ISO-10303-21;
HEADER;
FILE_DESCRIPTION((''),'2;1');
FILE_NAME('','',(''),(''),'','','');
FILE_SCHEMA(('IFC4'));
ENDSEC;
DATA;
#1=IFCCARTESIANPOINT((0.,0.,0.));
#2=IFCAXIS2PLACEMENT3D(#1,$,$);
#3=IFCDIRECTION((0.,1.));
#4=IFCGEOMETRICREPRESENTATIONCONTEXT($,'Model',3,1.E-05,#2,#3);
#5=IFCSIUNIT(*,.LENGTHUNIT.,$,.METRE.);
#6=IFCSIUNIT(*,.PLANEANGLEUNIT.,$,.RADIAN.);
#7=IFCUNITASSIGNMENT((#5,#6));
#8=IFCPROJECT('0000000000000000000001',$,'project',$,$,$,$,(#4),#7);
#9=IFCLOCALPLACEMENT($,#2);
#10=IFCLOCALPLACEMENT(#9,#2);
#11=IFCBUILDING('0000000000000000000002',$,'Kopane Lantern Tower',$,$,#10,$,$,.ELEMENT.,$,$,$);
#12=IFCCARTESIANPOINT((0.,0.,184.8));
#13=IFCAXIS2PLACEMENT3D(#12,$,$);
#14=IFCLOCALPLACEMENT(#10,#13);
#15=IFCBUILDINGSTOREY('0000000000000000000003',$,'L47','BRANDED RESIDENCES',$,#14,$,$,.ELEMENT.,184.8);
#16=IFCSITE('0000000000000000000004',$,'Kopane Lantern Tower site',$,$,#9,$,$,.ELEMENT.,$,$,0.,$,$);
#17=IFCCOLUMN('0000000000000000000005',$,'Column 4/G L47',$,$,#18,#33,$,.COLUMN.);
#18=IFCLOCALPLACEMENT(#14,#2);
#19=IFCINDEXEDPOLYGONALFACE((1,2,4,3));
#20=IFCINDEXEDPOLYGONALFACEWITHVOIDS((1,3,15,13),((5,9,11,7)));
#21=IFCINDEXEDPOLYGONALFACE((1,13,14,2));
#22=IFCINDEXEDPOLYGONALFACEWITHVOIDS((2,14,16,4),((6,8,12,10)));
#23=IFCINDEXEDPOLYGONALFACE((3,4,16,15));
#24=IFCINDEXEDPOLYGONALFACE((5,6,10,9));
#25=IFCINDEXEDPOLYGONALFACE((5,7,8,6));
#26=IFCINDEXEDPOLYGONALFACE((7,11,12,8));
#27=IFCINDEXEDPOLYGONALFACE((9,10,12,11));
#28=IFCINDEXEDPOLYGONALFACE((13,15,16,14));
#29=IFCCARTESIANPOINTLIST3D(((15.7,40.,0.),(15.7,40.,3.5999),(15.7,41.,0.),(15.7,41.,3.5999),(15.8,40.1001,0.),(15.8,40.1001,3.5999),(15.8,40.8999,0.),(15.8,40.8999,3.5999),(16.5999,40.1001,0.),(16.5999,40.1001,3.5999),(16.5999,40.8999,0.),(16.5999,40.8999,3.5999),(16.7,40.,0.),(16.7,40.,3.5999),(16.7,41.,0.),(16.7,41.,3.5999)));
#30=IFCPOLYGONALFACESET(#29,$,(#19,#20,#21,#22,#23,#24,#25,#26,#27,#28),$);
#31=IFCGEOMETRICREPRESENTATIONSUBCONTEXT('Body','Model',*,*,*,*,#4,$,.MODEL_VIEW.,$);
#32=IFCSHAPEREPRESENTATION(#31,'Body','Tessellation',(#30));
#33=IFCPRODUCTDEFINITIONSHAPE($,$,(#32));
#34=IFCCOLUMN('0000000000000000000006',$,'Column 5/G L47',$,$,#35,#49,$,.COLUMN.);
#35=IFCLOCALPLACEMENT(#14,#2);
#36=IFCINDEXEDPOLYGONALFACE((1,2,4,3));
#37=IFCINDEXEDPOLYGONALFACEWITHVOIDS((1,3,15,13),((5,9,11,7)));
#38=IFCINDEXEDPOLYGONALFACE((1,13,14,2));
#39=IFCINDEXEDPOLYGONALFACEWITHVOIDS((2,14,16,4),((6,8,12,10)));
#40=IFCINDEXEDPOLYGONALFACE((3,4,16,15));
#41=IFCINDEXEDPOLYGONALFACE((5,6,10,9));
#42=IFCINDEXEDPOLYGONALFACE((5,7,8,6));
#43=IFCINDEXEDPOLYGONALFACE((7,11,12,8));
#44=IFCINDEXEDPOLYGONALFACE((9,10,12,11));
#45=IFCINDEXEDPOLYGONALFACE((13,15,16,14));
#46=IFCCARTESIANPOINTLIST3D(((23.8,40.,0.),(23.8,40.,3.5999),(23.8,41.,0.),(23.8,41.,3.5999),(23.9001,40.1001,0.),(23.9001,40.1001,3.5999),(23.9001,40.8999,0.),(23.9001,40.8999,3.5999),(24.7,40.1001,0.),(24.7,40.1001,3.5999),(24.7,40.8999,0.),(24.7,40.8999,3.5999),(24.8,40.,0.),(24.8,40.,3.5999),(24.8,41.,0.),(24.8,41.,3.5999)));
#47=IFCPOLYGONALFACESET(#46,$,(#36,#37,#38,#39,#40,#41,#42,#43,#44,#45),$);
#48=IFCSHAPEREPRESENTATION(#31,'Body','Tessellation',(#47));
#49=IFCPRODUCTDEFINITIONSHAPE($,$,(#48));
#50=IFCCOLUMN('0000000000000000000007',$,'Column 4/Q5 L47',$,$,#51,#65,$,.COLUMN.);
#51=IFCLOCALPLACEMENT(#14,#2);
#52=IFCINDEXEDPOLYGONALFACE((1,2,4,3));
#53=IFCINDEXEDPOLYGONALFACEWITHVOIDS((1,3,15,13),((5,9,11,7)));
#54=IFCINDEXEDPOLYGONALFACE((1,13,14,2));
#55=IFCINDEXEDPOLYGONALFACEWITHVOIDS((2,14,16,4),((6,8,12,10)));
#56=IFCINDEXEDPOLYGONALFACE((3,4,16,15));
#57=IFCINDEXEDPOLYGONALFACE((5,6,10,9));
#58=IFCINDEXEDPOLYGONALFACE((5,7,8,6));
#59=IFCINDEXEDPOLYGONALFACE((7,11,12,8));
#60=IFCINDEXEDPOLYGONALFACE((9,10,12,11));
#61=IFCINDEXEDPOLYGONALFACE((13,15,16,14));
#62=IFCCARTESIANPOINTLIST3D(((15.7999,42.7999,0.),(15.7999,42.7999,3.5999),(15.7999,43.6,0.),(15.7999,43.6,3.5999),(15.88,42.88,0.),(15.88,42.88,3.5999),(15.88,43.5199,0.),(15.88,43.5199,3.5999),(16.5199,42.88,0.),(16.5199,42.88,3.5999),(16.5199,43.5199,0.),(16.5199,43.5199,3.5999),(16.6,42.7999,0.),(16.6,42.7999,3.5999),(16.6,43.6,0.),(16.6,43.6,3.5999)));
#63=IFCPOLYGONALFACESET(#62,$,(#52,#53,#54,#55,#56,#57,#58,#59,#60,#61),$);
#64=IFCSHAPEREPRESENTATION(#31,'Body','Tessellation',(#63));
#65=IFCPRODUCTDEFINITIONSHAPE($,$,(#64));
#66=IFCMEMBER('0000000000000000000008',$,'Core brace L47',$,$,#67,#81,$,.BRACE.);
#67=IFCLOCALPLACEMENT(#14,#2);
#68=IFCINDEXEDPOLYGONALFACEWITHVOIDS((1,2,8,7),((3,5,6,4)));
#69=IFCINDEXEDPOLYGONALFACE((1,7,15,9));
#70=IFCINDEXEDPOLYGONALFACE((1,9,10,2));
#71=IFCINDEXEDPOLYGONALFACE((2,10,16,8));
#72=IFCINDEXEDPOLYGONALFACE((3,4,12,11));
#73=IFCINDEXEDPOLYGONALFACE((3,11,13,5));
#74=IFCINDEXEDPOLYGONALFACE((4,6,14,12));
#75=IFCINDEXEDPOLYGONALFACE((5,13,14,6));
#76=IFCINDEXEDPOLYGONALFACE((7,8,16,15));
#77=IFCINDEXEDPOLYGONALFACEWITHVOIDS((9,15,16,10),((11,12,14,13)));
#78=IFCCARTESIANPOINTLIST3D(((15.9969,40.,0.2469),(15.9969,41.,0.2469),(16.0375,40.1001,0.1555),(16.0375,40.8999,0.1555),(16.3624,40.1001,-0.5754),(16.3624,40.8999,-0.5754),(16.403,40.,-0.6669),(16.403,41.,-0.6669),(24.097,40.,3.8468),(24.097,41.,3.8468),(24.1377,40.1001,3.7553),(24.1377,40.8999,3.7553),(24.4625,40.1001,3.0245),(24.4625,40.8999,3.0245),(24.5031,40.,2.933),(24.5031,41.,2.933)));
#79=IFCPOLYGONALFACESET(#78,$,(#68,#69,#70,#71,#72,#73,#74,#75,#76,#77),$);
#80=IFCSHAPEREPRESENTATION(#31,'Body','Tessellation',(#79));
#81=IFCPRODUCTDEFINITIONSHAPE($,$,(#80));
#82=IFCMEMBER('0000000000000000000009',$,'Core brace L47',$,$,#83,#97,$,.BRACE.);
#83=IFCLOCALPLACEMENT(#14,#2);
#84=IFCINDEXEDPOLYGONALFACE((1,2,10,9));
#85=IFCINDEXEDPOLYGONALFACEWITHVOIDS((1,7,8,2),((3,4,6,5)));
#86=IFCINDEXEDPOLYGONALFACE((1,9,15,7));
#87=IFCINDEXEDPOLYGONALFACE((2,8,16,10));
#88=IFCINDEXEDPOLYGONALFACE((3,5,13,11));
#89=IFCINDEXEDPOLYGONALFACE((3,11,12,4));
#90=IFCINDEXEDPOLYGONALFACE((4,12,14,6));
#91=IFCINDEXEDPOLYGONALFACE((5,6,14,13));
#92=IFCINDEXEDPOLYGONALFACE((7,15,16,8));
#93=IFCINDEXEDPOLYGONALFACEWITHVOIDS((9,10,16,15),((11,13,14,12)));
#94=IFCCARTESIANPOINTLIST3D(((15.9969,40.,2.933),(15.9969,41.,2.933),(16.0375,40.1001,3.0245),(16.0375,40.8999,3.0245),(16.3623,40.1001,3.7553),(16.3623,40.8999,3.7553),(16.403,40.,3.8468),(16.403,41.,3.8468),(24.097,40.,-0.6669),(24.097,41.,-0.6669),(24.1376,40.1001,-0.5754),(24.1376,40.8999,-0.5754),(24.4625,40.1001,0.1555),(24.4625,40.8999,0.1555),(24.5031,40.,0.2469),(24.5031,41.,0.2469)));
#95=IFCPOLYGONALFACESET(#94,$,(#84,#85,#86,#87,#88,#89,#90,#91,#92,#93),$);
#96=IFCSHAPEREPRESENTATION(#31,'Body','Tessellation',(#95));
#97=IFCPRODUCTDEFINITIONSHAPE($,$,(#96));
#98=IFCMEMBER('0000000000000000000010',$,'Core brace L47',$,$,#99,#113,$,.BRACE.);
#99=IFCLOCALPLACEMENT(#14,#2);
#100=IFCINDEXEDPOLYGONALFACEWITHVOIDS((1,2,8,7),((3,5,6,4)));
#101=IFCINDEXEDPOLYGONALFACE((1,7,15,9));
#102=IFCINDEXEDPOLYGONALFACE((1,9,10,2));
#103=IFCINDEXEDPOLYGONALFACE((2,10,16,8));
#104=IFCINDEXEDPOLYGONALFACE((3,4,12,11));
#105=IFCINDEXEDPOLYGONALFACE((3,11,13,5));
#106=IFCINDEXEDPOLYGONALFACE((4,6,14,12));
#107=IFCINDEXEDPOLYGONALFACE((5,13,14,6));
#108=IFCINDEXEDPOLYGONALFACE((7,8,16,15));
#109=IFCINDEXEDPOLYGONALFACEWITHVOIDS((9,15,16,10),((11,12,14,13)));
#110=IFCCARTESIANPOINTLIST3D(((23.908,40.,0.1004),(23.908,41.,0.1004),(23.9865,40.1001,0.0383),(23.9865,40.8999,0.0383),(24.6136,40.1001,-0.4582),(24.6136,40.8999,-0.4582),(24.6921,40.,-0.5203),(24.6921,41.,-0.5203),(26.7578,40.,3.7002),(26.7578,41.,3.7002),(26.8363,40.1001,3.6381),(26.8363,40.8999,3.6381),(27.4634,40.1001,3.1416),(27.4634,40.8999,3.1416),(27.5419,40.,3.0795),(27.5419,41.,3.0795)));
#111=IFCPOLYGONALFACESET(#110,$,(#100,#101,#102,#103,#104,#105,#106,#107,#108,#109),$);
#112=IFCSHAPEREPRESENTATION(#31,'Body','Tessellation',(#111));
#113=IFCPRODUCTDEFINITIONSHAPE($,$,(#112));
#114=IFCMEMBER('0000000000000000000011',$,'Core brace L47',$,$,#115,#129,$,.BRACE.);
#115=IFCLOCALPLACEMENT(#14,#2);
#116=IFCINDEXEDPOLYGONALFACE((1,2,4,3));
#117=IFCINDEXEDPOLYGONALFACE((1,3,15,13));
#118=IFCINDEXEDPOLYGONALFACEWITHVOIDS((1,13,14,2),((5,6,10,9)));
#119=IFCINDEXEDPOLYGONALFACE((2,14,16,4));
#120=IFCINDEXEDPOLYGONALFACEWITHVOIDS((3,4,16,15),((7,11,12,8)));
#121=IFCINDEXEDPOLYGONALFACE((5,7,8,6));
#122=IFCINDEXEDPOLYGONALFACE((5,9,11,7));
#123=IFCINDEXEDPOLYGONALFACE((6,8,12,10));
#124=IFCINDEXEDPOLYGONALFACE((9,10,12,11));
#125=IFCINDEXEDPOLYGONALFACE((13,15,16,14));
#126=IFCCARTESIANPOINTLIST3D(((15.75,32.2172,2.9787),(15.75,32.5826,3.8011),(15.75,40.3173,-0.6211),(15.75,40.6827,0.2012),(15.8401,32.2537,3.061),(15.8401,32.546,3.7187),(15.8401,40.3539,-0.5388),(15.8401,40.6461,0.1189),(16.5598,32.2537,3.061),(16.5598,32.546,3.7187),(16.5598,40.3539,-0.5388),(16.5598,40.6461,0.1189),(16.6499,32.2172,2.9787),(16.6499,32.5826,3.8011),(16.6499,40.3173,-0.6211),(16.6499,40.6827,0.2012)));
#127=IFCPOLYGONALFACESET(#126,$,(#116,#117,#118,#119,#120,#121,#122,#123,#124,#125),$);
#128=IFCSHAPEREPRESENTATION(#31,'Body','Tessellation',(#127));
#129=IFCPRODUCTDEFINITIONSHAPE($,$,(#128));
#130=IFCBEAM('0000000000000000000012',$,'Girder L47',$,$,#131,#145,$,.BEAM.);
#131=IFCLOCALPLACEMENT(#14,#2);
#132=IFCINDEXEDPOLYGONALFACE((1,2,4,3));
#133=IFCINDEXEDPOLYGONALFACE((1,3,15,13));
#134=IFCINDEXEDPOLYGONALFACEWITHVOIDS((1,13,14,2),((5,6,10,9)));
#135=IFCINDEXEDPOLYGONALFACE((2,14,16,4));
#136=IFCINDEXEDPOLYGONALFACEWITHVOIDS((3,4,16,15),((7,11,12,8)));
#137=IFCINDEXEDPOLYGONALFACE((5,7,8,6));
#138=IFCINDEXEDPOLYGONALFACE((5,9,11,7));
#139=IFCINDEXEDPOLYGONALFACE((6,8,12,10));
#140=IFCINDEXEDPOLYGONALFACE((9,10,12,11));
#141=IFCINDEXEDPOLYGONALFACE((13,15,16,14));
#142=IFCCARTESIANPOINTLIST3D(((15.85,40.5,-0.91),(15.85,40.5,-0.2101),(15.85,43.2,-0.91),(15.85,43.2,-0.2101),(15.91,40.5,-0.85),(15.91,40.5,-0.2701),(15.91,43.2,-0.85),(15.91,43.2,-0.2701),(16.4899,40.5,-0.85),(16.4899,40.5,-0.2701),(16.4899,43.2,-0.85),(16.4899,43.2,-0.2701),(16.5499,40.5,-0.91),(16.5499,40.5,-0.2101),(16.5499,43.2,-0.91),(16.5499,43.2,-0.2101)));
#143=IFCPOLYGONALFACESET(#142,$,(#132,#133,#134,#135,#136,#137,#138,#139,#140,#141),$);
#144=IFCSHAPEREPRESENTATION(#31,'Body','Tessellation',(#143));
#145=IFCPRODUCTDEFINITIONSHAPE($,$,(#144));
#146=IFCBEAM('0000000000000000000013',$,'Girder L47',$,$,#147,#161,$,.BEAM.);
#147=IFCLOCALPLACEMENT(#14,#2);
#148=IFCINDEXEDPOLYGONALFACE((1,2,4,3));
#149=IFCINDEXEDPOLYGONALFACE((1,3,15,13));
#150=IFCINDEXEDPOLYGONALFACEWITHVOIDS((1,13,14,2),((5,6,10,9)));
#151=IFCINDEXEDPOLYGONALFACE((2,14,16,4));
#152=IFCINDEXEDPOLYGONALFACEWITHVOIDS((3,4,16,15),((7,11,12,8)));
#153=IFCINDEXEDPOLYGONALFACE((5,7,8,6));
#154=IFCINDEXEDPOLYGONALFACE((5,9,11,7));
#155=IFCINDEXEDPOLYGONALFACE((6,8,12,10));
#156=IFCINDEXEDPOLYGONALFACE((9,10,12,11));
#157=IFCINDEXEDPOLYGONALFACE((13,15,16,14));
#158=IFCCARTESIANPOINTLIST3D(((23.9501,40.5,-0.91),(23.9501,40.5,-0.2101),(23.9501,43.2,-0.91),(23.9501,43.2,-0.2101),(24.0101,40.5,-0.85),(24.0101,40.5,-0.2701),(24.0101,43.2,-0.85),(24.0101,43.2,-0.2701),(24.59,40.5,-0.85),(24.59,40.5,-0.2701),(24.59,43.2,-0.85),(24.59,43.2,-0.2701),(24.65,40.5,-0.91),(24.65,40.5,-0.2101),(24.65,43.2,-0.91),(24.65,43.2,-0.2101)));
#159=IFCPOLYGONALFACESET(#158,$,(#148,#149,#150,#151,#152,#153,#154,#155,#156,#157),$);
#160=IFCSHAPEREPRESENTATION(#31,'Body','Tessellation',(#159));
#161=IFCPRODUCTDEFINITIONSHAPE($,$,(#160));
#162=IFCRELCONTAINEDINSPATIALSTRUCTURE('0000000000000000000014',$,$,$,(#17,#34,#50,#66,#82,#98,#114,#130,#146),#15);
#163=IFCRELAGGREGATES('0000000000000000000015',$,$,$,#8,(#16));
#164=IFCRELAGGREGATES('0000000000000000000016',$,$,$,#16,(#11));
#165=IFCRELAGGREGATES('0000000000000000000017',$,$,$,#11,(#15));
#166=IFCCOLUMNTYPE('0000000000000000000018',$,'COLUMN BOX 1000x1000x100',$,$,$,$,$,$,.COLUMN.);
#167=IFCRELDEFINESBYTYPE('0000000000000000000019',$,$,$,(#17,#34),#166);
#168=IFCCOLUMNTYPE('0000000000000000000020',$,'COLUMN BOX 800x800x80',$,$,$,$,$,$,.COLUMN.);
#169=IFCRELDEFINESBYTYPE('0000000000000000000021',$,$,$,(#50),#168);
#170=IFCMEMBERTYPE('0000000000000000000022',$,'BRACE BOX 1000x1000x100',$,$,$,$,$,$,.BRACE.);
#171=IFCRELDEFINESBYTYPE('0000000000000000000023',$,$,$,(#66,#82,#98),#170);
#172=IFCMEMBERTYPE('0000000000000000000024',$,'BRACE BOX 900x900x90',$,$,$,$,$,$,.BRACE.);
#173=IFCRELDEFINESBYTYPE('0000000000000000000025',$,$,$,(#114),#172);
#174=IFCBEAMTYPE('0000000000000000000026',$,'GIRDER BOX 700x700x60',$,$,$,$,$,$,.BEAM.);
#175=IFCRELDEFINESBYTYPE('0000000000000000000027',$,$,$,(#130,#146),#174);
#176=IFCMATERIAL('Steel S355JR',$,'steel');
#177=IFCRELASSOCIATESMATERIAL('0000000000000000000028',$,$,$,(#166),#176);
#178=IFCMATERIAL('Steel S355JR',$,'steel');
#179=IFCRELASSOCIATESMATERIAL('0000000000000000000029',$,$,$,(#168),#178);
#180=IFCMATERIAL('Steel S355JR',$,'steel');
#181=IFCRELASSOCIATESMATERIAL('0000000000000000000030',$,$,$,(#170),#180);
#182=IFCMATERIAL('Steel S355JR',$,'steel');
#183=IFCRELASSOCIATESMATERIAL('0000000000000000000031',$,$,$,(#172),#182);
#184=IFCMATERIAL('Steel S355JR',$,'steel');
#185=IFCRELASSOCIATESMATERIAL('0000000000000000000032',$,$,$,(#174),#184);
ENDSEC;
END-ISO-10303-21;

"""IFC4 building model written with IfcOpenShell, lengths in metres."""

from ifc_helpers import new_model, si_unit, direction, frame, origin, origin_2d, place, context, subcontext, project, spatial, hollow_rectangle, extrude, material, material_profile, profile_set, type_object, element, save


model = new_model("IFC4")

# Units and contexts
model_context = context("Model", 3, precision=1e-05, world=origin(), true_north=direction((0.0, 1.0)))
body_context = subcontext(model_context, "Body", "Model", "MODEL_VIEW")
ifc_project = project(units=[si_unit("LENGTHUNIT", "METRE"), si_unit("PLANEANGLEUNIT", "RADIAN")], contexts=[model_context])

# Site, building, storey
site_placement = place(None, origin())
site = spatial("IfcSite", under=ifc_project, at=site_placement, Name="Kopane Lantern Tower site", CompositionType="ELEMENT", RefElevation=0.0)
building_placement = place(site_placement, origin())
building = spatial("IfcBuilding", under=site, at=building_placement, Name="Kopane Lantern Tower", CompositionType="ELEMENT")
storey_placement = place(building_placement, frame((0.0, 0.0, 184.8)))
storey = spatial("IfcBuildingStorey", under=building, at=storey_placement, Name="L47", Description="BRANDED RESIDENCES", CompositionType="ELEMENT", Elevation=184.8)

# Columns
ifc_material_1 = material(Name="Steel S355JR", Category="steel")
ifc_material_profile_1 = material_profile(ifc_material_1, hollow_rectangle(XDim=1.0, YDim=1.0, WallThickness=0.1001, at=origin_2d()), Name="BOX 1000x1000x100")
ifc_profile_set_1 = profile_set([ifc_material_profile_1], Name="Steel S355JR")
column_type_1 = type_object("IfcColumnType", Name="COLUMN BOX 1000x1000x100", PredefinedType="COLUMN", material=ifc_profile_set_1)
for number, where, z_axis, x_axis, name in (
    (1, (16.2, 40.5, 0.0), (0.0, 0.0, 1.0), (1.0, 0.0, 0.0), "Column 4/G L47"),
    (2, (24.3, 40.5, 0.0), (0.0, 0.0, 1.0), (1.0, 0.0, 0.0), "Column 5/G L47"),
):
    element("IfcColumn", number, at=place(storey_placement, frame(where, z_axis=z_axis, x_axis=x_axis)), inside=storey, type_object=column_type_1, Name=name, PredefinedType="COLUMN", context=body_context, shape_type="SweptSolid", body=[
        extrude(hollow_rectangle(XDim=1.0, YDim=1.0, WallThickness=0.1001, at=origin_2d()), origin(), (0.0, 0.0, 1.0), 3.5999),
    ])
ifc_material_2 = material(Name="Steel S355JR", Category="steel")
ifc_material_profile_2 = material_profile(ifc_material_2, hollow_rectangle(XDim=0.8, YDim=0.8, WallThickness=0.0801, at=origin_2d()), Name="BOX 800x800x80")
ifc_profile_set_2 = profile_set([ifc_material_profile_2], Name="Steel S355JR")
column_type_2 = type_object("IfcColumnType", Name="COLUMN BOX 800x800x80", PredefinedType="COLUMN", material=ifc_profile_set_2)
column_placement = place(storey_placement, frame((16.2, 43.2, 0.0), z_axis=(0.0, 0.0, 1.0), x_axis=(1.0, 0.0, 0.0)))
element("IfcColumn", 3, at=column_placement, inside=storey, type_object=column_type_2, Name="Column 4/Q5 L47", PredefinedType="COLUMN", context=body_context, shape_type="SweptSolid", body=[
    extrude(hollow_rectangle(XDim=0.8, YDim=0.8, WallThickness=0.0801, at=origin_2d()), origin(), (0.0, 0.0, 1.0), 3.5999),
])

# Members
ifc_material_3 = material(Name="Steel S355JR", Category="steel")
ifc_material_profile_3 = material_profile(ifc_material_3, hollow_rectangle(XDim=1.0, YDim=1.0, WallThickness=0.1001, at=origin_2d()), Name="BOX 1000x1000x100")
ifc_profile_set_3 = profile_set([ifc_material_profile_3], Name="Steel S355JR")
member_type_1 = type_object("IfcMemberType", Name="BRACE BOX 1000x1000x100", PredefinedType="BRACE", material=ifc_profile_set_3)
for number, where, z_axis, x_axis, name in (
    (4, (16.2, 40.5, -0.21), (0.913819, 0.0, 0.406121), (0.0, 1.0, 0.0), "Core brace L47"),
    (5, (24.3, 40.5, -0.21), (-0.913819, 0.0, 0.406121), (0.0, -1.0, 0.0), "Core brace L47"),
):
    element("IfcMember", number, at=place(storey_placement, frame(where, z_axis=z_axis, x_axis=x_axis)), inside=storey, type_object=member_type_1, Name=name, PredefinedType="BRACE", context=body_context, shape_type="SweptSolid", body=[
        extrude(hollow_rectangle(XDim=1.0, YDim=1.0, WallThickness=0.1001, at=origin_2d()), origin(), (0.0, 0.0, 1.0), 8.864),
    ])
member_1_placement = place(storey_placement, frame((24.3, 40.5, -0.21), z_axis=(0.620699, 0.0, 0.784049), x_axis=(0.0, 1.0, 0.0)))
element("IfcMember", 6, at=member_1_placement, inside=storey, type_object=member_type_1, Name="Core brace L47", PredefinedType="BRACE", context=body_context, shape_type="SweptSolid", body=[
    extrude(hollow_rectangle(XDim=1.0, YDim=1.0, WallThickness=0.1001, at=origin_2d()), origin(), (0.0, 0.0, 1.0), 4.5913),
])
ifc_material_4 = material(Name="Steel S355JR", Category="steel")
ifc_material_profile_4 = material_profile(ifc_material_4, hollow_rectangle(XDim=0.8999, YDim=0.8999, WallThickness=0.0901, at=origin_2d()), Name="BOX 900x900x90")
ifc_profile_set_4 = profile_set([ifc_material_profile_4], Name="Steel S355JR")
member_type_2 = type_object("IfcMemberType", Name="BRACE BOX 900x900x90", PredefinedType="BRACE", material=ifc_profile_set_4)
member_2_placement = place(storey_placement, frame((16.2, 40.5, -0.21), z_axis=(0.0, -0.913819, 0.406121), x_axis=(1.0, 0.0, 0.0)))
element("IfcMember", 7, at=member_2_placement, inside=storey, type_object=member_type_2, Name="Core brace L47", PredefinedType="BRACE", context=body_context, shape_type="SweptSolid", body=[
    extrude(hollow_rectangle(XDim=0.8999, YDim=0.8999, WallThickness=0.0901, at=origin_2d()), origin(), (0.0, 0.0, 1.0), 8.864),
])

# Beams
ifc_material_5 = material(Name="Steel S355JR", Category="steel")
ifc_material_profile_5 = material_profile(ifc_material_5, hollow_rectangle(XDim=0.7, YDim=0.7, WallThickness=0.0601, at=origin_2d()), Name="BOX 700x700x60")
ifc_profile_set_5 = profile_set([ifc_material_profile_5], Name="Steel S355JR")
beam_type_1 = type_object("IfcBeamType", Name="GIRDER BOX 700x700x60", PredefinedType="BEAM", material=ifc_profile_set_5)
for number, where, z_axis, x_axis, name in (
    (8, (16.2, 40.5, -0.5601), (0.0, 1.0, 0.0), (-1.0, 0.0, 0.0), "Girder L47"),
    (9, (24.3, 40.5, -0.5601), (0.0, 1.0, 0.0), (-1.0, 0.0, 0.0), "Girder L47"),
):
    element("IfcBeam", number, at=place(storey_placement, frame(where, z_axis=z_axis, x_axis=x_axis)), inside=storey, type_object=beam_type_1, Name=name, PredefinedType="BEAM", context=body_context, shape_type="SweptSolid", body=[
        extrude(hollow_rectangle(XDim=0.7, YDim=0.7, WallThickness=0.0601, at=origin_2d()), origin(), (0.0, 0.0, 1.0), 2.7),
    ])

save(model, "model.ifc")
